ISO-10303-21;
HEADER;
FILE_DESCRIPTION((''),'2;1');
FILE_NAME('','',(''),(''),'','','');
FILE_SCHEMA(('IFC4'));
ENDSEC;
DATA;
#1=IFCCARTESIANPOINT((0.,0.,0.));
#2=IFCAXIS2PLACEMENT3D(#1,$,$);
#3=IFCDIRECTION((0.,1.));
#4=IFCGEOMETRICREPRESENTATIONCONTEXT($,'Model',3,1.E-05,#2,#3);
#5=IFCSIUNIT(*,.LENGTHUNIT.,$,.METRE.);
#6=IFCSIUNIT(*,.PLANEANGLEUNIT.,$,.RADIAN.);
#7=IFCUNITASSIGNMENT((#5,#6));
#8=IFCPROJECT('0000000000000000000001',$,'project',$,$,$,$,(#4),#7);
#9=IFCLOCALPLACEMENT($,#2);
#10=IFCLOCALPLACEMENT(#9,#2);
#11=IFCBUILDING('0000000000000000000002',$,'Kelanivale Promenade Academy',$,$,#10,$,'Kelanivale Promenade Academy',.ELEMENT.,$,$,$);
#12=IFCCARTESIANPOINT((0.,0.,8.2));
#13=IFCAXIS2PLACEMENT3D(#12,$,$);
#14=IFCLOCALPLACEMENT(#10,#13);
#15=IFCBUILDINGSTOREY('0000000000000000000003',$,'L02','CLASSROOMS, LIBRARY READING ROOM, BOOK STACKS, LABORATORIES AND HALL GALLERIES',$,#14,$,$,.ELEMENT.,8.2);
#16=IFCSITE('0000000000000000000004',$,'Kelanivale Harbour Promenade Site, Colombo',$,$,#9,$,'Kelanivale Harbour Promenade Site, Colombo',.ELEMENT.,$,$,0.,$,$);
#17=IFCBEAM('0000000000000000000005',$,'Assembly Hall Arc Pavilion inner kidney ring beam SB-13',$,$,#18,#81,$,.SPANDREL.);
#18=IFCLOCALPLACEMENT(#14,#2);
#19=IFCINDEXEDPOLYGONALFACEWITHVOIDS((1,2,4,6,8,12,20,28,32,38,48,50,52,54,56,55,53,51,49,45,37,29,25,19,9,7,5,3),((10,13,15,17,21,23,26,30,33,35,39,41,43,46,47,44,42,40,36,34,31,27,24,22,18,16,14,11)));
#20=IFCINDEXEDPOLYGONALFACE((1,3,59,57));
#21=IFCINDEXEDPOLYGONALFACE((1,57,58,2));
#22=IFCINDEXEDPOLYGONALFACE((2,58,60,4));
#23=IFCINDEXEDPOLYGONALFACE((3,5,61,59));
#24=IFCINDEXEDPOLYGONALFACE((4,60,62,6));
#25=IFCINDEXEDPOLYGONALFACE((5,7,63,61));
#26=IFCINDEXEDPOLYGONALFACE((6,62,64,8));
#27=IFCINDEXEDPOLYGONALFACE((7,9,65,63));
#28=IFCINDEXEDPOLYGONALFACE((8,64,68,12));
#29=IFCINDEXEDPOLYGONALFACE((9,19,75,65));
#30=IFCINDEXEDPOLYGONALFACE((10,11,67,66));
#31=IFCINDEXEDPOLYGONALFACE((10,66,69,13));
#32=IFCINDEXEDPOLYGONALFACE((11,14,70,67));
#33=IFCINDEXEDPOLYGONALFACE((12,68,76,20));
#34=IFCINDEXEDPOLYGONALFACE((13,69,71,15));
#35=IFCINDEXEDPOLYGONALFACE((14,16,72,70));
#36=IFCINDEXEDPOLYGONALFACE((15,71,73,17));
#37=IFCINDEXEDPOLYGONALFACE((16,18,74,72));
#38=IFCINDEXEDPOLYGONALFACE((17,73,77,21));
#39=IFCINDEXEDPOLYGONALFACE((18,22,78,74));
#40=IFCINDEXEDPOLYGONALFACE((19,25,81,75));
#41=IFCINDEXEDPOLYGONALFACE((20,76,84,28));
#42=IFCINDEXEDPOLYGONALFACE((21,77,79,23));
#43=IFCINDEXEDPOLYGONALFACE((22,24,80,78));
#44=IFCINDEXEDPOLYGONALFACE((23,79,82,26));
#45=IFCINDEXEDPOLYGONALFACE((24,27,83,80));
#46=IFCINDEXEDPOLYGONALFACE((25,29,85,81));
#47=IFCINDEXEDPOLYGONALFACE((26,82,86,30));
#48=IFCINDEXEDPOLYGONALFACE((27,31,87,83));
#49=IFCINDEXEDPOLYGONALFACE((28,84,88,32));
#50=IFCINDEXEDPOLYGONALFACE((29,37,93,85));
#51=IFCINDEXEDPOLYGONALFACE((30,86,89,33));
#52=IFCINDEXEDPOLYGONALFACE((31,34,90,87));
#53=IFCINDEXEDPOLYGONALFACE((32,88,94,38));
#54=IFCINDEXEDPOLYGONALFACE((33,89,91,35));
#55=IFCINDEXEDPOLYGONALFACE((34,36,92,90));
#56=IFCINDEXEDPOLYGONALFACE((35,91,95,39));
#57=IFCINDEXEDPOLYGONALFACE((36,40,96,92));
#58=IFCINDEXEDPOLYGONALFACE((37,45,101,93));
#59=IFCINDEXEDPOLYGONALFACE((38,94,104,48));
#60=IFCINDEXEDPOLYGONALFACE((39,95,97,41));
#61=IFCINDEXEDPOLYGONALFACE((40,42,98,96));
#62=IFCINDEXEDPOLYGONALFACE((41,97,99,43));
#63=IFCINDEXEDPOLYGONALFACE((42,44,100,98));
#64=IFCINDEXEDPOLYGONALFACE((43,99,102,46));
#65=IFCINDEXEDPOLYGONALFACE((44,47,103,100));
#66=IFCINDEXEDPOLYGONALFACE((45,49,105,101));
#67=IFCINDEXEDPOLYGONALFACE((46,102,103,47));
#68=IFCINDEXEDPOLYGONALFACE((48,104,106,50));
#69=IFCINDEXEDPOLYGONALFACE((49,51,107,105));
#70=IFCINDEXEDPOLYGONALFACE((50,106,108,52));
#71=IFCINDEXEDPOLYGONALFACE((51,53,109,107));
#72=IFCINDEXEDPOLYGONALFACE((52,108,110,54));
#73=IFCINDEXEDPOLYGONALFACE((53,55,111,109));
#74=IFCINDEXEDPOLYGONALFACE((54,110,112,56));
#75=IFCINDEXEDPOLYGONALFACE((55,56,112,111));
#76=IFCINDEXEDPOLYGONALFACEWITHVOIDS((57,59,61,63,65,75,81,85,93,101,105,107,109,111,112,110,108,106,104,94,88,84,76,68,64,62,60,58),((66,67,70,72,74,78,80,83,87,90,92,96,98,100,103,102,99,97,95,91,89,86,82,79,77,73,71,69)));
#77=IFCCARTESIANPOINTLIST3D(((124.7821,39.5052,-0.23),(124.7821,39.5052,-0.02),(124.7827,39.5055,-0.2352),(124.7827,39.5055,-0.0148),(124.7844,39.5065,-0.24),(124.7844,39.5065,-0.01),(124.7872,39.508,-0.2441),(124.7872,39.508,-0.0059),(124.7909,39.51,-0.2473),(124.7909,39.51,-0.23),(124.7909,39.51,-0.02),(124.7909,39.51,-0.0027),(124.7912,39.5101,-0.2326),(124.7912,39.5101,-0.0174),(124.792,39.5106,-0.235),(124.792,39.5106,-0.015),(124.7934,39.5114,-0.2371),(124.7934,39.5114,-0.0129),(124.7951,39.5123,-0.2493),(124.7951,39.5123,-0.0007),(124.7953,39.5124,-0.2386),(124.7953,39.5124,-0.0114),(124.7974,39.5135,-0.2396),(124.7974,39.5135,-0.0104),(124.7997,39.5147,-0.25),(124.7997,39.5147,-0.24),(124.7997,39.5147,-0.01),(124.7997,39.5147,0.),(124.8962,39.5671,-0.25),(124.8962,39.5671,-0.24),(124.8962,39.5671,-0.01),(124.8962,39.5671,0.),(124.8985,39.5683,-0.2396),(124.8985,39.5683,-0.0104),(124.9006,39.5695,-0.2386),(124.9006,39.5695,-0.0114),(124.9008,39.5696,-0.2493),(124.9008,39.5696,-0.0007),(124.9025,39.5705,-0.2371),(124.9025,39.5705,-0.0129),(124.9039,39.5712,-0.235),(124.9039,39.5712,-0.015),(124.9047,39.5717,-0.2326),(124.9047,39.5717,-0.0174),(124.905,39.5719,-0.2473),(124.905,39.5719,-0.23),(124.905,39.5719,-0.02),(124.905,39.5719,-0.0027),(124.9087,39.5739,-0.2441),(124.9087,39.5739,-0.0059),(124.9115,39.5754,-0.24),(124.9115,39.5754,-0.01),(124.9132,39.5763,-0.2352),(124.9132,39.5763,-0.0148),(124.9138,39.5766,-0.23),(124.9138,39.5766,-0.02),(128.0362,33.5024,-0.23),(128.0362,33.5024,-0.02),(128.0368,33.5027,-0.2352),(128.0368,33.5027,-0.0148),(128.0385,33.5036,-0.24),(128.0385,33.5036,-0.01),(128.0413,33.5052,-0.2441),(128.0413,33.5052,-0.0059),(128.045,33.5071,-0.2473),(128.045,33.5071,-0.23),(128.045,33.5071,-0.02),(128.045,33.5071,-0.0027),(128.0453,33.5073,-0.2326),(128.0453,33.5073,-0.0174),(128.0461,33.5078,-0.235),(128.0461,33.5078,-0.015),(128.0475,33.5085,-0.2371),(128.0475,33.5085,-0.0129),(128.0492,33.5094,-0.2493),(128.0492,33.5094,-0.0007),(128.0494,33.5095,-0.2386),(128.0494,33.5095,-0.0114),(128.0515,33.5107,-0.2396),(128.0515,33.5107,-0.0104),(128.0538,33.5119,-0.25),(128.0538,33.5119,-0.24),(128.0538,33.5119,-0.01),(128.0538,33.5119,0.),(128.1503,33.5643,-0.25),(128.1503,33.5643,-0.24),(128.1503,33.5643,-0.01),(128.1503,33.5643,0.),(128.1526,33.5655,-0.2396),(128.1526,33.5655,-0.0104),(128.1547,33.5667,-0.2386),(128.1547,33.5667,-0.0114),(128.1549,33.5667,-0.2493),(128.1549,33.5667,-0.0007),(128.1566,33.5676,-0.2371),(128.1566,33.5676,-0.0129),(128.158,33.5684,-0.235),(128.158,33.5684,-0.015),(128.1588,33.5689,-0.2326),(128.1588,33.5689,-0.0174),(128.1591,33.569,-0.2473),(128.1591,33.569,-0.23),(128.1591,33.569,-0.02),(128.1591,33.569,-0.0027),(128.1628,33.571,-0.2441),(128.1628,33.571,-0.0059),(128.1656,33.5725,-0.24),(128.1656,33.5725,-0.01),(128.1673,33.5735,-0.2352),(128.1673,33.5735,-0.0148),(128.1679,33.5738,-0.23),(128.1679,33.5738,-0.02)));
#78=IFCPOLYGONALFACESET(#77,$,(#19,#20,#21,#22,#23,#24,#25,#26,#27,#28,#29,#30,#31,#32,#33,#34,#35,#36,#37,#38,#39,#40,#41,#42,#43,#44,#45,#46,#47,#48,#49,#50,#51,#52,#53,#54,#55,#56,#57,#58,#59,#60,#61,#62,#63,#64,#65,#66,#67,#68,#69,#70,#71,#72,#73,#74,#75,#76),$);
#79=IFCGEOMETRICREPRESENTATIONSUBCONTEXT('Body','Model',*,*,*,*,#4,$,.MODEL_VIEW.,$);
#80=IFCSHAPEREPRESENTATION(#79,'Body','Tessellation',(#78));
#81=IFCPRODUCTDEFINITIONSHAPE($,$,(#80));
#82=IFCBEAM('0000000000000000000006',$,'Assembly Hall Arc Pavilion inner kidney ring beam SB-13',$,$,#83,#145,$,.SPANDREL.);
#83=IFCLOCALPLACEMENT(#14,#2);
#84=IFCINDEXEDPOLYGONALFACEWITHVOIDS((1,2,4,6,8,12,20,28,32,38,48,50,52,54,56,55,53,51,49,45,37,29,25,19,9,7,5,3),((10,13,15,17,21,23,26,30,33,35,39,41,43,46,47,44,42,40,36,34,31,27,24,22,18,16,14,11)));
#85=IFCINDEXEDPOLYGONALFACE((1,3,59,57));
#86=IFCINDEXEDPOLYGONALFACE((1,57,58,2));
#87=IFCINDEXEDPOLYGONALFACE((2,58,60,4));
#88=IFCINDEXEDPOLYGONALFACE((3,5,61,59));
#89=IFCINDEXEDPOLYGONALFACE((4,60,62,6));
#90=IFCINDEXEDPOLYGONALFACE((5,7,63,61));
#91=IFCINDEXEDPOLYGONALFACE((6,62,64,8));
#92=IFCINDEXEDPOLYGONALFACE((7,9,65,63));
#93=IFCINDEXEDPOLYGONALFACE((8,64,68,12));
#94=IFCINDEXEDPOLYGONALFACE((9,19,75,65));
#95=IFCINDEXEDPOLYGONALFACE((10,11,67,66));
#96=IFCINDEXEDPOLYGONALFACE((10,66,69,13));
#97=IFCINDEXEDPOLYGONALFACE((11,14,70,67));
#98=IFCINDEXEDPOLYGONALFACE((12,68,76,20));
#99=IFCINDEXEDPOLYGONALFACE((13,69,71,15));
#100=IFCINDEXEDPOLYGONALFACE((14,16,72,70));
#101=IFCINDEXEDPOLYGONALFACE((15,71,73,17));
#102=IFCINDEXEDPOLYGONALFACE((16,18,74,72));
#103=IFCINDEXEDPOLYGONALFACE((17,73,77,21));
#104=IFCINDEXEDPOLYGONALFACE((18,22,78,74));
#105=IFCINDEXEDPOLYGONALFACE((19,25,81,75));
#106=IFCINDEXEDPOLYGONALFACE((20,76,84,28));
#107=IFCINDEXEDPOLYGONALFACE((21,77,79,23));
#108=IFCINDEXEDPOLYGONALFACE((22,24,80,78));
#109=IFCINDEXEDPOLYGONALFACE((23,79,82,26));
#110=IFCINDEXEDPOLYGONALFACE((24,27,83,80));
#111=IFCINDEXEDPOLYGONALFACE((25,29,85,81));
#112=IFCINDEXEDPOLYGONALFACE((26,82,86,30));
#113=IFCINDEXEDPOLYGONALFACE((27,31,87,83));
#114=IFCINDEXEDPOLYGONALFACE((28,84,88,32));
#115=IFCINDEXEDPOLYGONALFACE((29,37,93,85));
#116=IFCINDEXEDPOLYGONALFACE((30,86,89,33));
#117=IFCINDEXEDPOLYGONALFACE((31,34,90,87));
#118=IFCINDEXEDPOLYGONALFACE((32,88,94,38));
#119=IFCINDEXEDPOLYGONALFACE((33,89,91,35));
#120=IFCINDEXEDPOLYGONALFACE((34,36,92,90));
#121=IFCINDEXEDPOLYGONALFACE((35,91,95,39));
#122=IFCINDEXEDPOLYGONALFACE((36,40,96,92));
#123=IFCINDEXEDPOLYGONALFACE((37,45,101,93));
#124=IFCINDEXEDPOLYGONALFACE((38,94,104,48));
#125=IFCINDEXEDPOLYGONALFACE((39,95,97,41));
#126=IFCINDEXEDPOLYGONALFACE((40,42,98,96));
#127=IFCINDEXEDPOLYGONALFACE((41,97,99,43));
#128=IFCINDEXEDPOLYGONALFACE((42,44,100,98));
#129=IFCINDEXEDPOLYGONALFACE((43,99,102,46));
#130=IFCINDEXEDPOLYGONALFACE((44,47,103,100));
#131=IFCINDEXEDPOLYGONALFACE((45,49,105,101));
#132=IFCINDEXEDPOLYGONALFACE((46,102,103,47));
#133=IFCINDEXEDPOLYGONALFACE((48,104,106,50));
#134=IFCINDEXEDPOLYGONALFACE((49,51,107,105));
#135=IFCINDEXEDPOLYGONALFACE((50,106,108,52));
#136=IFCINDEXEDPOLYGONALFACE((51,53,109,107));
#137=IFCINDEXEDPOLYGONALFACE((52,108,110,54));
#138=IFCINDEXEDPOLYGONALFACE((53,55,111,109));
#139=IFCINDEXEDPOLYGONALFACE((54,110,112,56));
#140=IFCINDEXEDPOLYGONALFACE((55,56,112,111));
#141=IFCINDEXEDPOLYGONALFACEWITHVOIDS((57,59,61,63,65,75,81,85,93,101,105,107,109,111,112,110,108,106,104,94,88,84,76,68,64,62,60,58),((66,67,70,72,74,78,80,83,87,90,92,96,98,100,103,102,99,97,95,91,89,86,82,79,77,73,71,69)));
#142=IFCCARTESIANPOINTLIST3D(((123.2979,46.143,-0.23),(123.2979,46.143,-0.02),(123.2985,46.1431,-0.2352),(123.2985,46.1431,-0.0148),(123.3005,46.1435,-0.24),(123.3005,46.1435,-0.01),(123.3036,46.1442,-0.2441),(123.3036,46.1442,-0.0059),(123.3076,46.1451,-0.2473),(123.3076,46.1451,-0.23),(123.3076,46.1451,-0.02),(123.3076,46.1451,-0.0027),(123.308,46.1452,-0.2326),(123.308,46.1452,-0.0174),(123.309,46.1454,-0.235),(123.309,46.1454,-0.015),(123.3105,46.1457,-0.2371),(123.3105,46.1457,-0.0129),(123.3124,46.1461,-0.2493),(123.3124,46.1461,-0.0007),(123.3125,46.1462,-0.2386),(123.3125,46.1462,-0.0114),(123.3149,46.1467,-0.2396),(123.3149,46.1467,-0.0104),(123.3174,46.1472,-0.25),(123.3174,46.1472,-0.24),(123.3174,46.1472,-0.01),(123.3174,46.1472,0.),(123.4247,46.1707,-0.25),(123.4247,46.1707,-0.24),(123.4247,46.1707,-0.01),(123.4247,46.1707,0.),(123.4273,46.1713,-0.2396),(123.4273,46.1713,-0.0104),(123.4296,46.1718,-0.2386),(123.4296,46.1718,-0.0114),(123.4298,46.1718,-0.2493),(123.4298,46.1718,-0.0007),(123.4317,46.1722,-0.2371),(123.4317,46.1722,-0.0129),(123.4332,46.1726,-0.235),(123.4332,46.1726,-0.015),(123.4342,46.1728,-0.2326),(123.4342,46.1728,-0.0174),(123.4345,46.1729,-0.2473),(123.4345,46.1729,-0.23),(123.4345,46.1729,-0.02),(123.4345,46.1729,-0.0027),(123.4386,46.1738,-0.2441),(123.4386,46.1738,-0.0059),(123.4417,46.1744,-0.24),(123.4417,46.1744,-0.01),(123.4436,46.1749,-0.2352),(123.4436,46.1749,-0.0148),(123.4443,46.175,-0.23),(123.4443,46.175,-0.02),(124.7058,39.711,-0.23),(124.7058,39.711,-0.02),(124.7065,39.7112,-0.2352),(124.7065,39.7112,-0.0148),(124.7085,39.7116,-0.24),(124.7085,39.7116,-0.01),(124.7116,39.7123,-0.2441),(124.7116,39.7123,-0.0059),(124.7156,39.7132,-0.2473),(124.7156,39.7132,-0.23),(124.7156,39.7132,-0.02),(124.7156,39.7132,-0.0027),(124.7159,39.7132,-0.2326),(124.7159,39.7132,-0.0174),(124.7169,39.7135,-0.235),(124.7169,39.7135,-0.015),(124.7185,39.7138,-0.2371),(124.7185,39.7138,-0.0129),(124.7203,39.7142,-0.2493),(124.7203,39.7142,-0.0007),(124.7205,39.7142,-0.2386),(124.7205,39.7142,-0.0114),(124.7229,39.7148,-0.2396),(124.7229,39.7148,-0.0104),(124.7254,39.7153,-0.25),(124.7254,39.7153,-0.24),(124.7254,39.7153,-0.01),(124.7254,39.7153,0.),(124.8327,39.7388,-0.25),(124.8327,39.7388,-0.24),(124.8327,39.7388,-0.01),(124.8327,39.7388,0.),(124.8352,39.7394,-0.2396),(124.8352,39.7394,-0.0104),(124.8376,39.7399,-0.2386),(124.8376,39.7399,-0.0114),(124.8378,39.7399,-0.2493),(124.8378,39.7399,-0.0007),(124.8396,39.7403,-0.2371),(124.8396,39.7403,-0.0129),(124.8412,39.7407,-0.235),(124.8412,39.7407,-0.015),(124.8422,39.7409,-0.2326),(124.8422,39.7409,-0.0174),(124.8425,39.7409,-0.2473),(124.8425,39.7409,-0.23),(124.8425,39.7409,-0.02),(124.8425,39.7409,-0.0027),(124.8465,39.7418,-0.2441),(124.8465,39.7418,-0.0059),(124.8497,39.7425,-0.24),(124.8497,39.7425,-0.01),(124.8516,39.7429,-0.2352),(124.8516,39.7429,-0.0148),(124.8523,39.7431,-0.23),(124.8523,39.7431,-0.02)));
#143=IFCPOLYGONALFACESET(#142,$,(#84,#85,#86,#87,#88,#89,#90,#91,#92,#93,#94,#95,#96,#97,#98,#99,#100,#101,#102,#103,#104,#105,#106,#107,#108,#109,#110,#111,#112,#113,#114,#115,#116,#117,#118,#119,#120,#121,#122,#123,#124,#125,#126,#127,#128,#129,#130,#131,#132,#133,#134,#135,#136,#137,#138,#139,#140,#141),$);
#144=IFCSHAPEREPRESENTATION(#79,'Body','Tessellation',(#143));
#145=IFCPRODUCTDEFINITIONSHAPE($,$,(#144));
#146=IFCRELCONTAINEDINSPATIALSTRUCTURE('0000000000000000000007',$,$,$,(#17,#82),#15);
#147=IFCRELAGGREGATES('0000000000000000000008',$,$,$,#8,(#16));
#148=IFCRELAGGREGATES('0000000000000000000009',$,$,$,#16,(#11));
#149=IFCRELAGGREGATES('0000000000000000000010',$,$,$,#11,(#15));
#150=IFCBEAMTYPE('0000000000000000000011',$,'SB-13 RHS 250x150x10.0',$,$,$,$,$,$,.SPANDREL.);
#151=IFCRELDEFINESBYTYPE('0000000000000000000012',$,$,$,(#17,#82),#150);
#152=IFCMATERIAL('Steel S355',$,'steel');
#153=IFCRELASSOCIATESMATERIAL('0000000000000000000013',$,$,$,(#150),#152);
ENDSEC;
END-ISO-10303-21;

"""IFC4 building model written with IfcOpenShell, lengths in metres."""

from ifc_helpers import new_model, si_unit, direction, frame, origin, origin_2d, place, context, subcontext, project, spatial, hollow_rectangle, extrude, material, material_profile, profile_set, type_object, element, save


model = new_model("IFC4")

# Units and contexts
model_context = context("Model", 3, precision=1e-05, world=origin(), true_north=direction((0.0, 1.0)))
body_context = subcontext(model_context, "Body", "Model", "MODEL_VIEW")
ifc_project = project(units=[si_unit("LENGTHUNIT", "METRE"), si_unit("PLANEANGLEUNIT", "RADIAN")], contexts=[model_context])

# Site, building, storey
site_placement = place(None, origin())
site = spatial("IfcSite", under=ifc_project, at=site_placement, Name="Kelanivale Harbour Promenade Site, Colombo", LongName="Kelanivale Harbour Promenade Site, Colombo", CompositionType="ELEMENT", RefElevation=0.0)
building_placement = place(site_placement, origin())
building = spatial("IfcBuilding", under=site, at=building_placement, Name="Kelanivale Promenade Academy", LongName="Kelanivale Promenade Academy", CompositionType="ELEMENT")
storey_placement = place(building_placement, frame((0.0, 0.0, 8.2)))
storey = spatial("IfcBuildingStorey", under=building, at=storey_placement, Name="L02", Description="CLASSROOMS, LIBRARY READING ROOM, BOOK STACKS, LABORATORIES AND HALL GALLERIES", CompositionType="ELEMENT", Elevation=8.2)

# Shared definitions
ifc_material_1 = material(Name="Steel S355", Category="steel")

# Beams
ifc_material_profile_1 = material_profile(ifc_material_1, hollow_rectangle(XDim=0.1499, YDim=0.25, WallThickness=0.01, InnerFilletRadius=0.01, OuterFilletRadius=0.02, at=origin_2d()), Name="RHS 250x150x10.0")
ifc_profile_set_1 = profile_set([ifc_material_profile_1], Name="Steel S355")
beam_type_1 = type_object("IfcBeamType", Name="SB-13 RHS 250x150x10.0", PredefinedType="SPANDREL", material=ifc_profile_set_1)
beam_1_placement = place(storey_placement, frame((128.1021, 33.5381, -0.125), z_axis=(-0.476573, 0.879135, 0.0), x_axis=(-0.879135, -0.476573, 0.0)))
element("IfcBeam", 1, at=beam_1_placement, inside=storey, type_object=beam_type_1, Name="Assembly Hall Arc Pavilion inner kidney ring beam SB-13", PredefinedType="SPANDREL", context=body_context, shape_type="SweptSolid", body=[
    extrude(hollow_rectangle(XDim=0.1499, YDim=0.25, WallThickness=0.01, InnerFilletRadius=0.01, OuterFilletRadius=0.02, at=origin_2d()), origin(), (0.0, 0.0, 1.0), 6.8281),
])
beam_2_placement = place(storey_placement, frame((124.7791, 39.7271, -0.125), z_axis=(-0.21384, 0.976869, 0.0), x_axis=(-0.976869, -0.21384, 0.0)))
element("IfcBeam", 2, at=beam_2_placement, inside=storey, type_object=beam_type_1, Name="Assembly Hall Arc Pavilion inner kidney ring beam SB-13", PredefinedType="SPANDREL", context=body_context, shape_type="SweptSolid", body=[
    extrude(hollow_rectangle(XDim=0.1499, YDim=0.25, WallThickness=0.01, InnerFilletRadius=0.01, OuterFilletRadius=0.02, at=origin_2d()), origin(), (0.0, 0.0, 1.0), 6.5842),
])

save(model, "model.ifc")
